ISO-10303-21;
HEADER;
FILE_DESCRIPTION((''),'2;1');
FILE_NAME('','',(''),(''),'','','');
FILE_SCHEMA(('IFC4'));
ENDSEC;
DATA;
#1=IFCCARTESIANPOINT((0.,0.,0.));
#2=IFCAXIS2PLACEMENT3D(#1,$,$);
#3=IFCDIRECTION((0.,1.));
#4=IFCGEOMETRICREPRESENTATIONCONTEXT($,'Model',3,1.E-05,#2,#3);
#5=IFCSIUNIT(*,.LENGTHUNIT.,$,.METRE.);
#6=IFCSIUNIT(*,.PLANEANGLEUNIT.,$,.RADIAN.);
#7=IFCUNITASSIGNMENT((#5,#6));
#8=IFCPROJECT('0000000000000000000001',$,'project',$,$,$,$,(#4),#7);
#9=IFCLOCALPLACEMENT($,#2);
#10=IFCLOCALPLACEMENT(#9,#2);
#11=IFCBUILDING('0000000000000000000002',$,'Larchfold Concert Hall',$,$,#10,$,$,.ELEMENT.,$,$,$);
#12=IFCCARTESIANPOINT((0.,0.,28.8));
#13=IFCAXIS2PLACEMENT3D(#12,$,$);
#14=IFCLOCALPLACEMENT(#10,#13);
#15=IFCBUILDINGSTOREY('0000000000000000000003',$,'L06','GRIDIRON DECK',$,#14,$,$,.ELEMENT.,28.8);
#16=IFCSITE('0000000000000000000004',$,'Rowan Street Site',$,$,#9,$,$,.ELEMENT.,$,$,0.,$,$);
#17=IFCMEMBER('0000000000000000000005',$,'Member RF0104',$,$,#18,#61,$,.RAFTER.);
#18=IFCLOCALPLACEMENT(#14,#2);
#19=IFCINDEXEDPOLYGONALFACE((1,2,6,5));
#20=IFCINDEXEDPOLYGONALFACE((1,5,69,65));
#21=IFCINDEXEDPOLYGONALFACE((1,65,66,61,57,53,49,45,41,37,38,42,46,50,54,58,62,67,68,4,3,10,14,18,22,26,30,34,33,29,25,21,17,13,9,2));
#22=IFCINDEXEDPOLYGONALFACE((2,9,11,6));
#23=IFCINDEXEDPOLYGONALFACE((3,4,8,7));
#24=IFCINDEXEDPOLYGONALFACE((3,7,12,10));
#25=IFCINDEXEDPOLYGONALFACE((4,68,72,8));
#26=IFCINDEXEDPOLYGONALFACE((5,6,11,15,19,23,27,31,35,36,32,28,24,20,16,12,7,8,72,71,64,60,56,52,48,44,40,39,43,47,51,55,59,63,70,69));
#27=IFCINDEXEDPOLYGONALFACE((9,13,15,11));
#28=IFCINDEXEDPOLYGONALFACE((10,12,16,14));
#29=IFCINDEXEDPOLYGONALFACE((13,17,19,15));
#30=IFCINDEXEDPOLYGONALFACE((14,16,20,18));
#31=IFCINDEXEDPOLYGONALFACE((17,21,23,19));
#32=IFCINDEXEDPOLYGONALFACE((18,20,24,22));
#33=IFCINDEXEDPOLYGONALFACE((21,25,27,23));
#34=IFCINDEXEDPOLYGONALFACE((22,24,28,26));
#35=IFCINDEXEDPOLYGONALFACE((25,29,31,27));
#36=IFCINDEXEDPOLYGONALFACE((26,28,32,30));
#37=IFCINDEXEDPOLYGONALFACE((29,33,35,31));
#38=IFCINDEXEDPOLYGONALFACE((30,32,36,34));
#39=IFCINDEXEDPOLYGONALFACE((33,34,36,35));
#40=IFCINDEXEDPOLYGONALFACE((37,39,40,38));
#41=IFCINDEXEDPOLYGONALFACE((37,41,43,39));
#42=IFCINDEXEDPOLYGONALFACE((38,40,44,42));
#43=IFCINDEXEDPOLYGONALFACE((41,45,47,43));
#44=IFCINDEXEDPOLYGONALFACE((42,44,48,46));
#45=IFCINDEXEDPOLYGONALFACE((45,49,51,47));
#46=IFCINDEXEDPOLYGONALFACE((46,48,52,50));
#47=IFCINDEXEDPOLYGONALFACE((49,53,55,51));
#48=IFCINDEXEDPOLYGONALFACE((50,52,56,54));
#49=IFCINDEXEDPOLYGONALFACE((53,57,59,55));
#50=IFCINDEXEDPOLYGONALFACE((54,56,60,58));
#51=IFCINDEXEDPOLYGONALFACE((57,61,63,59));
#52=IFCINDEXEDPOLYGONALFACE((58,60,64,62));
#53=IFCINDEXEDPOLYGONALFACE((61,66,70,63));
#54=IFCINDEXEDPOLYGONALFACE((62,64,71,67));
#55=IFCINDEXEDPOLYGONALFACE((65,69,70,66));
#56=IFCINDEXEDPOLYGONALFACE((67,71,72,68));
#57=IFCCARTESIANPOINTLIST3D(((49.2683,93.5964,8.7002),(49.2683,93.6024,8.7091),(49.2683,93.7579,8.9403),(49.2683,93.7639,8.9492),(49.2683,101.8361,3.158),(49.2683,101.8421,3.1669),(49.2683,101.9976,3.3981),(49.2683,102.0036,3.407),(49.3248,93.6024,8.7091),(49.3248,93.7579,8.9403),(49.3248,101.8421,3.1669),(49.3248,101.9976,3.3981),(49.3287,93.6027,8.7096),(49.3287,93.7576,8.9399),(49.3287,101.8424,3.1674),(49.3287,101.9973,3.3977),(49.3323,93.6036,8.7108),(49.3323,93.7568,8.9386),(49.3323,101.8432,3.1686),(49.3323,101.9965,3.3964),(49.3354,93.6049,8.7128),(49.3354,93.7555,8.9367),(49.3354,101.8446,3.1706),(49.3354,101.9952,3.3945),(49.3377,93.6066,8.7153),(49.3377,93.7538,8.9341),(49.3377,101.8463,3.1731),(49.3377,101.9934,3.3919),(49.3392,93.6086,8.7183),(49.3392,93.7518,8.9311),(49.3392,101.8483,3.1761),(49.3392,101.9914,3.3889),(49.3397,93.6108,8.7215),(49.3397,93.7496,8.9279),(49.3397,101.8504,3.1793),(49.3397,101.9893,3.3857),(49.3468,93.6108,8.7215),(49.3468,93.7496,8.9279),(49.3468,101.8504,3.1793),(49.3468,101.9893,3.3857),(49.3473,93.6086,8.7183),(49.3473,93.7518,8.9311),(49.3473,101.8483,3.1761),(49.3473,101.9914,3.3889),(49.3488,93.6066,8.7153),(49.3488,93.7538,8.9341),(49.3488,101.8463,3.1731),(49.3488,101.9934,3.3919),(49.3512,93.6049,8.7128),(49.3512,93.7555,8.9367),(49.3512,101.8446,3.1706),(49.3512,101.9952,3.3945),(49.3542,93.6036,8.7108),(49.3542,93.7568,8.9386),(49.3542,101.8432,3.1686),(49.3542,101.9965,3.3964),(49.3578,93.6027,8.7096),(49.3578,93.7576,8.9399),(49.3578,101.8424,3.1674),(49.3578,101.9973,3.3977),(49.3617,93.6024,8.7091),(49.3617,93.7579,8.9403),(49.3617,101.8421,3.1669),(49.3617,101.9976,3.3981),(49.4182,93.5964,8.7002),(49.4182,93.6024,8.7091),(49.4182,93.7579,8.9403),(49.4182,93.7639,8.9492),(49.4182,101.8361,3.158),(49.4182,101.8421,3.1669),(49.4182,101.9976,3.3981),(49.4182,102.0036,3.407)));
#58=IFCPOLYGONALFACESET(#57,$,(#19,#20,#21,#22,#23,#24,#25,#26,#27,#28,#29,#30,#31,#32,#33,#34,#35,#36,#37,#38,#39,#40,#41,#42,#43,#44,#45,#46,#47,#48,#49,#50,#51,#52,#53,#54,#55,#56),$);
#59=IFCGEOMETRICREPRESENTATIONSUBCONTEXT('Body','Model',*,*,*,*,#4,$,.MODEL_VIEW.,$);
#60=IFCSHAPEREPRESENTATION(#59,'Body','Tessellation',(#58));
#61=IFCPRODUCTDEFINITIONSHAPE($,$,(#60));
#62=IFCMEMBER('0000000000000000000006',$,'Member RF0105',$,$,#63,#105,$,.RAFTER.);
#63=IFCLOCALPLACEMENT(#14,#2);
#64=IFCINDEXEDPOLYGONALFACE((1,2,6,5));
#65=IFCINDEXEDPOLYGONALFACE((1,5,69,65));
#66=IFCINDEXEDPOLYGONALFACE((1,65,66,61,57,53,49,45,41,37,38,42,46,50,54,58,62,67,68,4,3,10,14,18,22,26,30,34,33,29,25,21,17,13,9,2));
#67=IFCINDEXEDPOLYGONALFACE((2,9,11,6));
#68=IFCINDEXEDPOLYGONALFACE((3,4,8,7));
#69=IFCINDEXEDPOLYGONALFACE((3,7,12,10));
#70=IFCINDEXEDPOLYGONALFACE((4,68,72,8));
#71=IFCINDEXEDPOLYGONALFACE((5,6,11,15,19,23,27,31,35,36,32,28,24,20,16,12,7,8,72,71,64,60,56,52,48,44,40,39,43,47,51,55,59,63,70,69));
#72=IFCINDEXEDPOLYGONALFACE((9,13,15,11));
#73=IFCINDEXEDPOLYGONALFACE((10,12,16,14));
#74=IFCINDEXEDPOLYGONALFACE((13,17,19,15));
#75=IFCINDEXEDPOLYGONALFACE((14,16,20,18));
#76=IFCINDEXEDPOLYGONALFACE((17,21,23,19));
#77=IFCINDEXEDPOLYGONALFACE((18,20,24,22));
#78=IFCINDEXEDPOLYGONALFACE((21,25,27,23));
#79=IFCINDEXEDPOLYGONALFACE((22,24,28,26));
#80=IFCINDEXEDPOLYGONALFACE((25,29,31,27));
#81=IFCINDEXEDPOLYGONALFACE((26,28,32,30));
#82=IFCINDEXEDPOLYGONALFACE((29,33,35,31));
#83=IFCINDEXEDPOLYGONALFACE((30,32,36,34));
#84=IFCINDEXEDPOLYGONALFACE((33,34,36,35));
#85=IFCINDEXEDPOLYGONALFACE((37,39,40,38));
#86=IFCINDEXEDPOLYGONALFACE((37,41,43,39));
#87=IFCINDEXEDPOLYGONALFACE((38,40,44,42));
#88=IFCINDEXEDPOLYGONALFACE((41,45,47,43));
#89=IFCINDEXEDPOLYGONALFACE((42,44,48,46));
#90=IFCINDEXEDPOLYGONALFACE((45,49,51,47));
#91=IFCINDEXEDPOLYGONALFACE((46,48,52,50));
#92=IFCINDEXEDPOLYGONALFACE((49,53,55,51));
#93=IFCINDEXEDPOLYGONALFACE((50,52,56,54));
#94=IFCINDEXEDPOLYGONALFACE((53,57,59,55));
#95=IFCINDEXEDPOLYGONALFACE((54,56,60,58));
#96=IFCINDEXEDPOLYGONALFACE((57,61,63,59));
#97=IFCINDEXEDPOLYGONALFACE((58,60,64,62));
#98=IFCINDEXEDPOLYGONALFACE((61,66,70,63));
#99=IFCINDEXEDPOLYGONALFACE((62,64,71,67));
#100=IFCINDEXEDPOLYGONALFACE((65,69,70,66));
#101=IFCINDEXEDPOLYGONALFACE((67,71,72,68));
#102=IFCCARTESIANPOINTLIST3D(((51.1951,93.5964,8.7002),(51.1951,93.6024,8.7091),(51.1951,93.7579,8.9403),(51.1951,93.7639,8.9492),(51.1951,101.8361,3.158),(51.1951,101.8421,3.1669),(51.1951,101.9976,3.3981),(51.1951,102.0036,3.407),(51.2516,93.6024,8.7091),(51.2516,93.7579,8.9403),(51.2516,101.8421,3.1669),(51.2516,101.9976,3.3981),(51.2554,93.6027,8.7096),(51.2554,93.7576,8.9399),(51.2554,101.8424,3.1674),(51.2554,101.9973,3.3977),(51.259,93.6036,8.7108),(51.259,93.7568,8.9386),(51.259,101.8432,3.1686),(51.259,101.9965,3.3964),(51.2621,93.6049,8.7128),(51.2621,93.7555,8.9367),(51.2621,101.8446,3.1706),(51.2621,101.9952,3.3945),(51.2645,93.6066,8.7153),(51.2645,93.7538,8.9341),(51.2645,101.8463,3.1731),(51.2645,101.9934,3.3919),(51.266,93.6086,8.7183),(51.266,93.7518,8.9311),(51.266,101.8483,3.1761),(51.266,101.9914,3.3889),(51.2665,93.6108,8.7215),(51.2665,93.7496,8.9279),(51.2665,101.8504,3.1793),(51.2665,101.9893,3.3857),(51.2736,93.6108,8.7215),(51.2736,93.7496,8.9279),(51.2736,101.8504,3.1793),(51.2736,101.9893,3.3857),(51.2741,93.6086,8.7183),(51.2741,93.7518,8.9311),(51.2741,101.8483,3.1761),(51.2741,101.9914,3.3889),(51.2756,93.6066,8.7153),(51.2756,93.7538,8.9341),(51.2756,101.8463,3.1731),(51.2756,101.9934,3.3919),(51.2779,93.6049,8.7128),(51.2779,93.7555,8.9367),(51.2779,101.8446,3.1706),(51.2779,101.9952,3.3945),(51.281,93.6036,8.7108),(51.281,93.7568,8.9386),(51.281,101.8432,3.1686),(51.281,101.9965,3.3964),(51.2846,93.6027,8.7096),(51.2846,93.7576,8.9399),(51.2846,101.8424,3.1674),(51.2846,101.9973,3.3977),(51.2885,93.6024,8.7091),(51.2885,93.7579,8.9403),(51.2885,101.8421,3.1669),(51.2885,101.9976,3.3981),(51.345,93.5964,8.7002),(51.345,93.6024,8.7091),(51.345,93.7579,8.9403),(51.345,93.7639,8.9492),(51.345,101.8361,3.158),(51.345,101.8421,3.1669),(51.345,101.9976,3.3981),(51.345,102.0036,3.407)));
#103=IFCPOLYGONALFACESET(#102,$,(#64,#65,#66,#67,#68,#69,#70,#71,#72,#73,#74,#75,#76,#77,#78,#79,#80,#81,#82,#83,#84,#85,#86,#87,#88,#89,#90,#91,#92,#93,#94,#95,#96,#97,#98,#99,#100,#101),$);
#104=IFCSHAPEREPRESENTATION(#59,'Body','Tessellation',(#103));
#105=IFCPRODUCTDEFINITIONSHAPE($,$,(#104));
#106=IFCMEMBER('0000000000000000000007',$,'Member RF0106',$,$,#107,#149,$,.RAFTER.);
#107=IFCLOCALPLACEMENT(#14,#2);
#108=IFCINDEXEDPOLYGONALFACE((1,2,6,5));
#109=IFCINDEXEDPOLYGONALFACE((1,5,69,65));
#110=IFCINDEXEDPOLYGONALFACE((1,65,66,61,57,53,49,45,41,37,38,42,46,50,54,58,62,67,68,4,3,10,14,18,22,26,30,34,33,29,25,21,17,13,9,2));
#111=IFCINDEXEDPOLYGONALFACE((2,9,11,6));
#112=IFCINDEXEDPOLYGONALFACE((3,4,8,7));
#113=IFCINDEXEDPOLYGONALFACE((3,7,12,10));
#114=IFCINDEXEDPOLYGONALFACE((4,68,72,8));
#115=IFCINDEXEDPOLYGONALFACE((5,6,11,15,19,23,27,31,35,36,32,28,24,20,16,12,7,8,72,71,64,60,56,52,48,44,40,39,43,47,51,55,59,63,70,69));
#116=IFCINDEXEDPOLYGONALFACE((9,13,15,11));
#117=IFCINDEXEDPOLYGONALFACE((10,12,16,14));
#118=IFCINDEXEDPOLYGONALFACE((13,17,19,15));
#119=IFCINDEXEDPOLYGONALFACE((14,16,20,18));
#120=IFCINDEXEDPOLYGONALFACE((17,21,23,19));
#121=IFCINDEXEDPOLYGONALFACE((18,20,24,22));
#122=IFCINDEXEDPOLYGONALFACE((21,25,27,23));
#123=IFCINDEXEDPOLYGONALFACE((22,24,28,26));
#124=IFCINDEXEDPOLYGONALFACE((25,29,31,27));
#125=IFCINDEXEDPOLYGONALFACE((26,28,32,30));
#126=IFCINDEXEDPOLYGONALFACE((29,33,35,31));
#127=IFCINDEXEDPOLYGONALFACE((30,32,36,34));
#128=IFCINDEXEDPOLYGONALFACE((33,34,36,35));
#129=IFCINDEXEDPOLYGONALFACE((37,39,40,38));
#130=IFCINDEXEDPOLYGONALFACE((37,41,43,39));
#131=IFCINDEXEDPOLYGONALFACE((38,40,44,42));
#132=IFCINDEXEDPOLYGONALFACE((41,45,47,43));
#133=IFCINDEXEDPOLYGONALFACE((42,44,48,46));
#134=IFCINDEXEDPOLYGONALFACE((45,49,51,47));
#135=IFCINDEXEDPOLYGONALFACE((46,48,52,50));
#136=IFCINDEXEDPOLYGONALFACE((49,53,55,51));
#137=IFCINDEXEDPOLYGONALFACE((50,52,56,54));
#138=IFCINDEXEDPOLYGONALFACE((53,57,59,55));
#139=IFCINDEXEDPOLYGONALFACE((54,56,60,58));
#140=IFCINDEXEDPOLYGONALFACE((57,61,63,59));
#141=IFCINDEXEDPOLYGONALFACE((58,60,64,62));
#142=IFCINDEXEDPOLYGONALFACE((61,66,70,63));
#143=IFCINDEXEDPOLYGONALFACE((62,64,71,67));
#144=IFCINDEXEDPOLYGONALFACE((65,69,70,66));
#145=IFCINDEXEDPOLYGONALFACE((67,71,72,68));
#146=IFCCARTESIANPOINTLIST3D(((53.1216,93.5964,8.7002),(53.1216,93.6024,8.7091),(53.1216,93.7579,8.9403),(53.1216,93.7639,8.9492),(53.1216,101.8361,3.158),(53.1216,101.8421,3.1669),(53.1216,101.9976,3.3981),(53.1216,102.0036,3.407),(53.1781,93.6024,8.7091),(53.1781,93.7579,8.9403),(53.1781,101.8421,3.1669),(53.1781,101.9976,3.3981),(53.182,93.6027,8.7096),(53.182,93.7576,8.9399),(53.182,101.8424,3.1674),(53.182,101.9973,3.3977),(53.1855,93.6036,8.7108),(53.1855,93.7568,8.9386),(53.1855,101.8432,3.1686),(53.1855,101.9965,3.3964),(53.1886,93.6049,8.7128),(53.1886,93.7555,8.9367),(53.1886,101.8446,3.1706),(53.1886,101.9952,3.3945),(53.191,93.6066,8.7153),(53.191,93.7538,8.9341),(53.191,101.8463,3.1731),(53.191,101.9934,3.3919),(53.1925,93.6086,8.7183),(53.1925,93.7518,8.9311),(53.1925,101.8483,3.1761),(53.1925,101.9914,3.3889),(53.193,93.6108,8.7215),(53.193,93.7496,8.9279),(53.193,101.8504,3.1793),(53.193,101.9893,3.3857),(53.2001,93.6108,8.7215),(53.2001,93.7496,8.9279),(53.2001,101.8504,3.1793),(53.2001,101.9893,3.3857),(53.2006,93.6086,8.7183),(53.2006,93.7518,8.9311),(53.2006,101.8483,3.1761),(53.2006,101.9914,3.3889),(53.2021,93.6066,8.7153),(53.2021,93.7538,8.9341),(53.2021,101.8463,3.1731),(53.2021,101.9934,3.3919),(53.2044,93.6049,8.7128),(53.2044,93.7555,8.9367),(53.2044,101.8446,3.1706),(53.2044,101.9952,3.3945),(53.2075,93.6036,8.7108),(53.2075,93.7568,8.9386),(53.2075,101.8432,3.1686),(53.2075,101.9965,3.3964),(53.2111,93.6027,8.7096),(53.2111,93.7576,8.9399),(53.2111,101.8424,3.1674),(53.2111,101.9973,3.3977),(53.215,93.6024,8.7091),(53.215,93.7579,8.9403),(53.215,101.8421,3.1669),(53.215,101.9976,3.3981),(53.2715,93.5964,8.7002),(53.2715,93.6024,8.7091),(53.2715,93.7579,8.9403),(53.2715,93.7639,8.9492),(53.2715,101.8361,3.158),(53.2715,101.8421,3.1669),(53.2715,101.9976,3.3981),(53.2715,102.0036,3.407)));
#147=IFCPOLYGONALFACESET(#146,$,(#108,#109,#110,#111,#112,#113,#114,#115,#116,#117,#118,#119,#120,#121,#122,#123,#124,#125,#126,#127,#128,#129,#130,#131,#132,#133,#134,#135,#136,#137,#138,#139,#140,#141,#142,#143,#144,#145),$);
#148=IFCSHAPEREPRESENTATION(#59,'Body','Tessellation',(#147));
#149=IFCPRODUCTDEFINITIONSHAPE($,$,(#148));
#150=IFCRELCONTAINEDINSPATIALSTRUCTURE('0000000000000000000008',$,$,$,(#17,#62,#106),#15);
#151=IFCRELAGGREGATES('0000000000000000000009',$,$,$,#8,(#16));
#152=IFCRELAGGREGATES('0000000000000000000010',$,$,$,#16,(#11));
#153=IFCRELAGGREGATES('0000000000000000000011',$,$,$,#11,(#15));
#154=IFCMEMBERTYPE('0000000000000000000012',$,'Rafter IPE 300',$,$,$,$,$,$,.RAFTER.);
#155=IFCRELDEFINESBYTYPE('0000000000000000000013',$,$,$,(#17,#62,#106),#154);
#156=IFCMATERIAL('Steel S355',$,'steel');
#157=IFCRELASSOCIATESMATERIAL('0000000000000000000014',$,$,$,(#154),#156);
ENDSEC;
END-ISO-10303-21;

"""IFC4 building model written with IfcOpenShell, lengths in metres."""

from ifc_helpers import new_model, si_unit, direction, frame, origin, origin_2d, place, context, subcontext, project, spatial, i_section, extrude, material, material_profile, profile_set, type_object, element, save


model = new_model("IFC4")

# Units and contexts
model_context = context("Model", 3, precision=1e-05, world=origin(), true_north=direction((0.0, 1.0)))
body_context = subcontext(model_context, "Body", "Model", "MODEL_VIEW")
ifc_project = project(units=[si_unit("LENGTHUNIT", "METRE"), si_unit("PLANEANGLEUNIT", "RADIAN")], contexts=[model_context])

# Site, building, storey
site_placement = place(None, origin())
site = spatial("IfcSite", under=ifc_project, at=site_placement, Name="Rowan Street Site", CompositionType="ELEMENT", RefElevation=0.0)
building_placement = place(site_placement, origin())
building = spatial("IfcBuilding", under=site, at=building_placement, Name="Larchfold Concert Hall", CompositionType="ELEMENT")
storey_placement = place(building_placement, frame((0.0, 0.0, 28.8)))
storey = spatial("IfcBuildingStorey", under=building, at=storey_placement, Name="L06", Description="GRIDIRON DECK", CompositionType="ELEMENT", Elevation=28.8)

# Members
ifc_material_1 = material(Name="Steel S355", Category="steel")
ifc_material_profile_1 = material_profile(ifc_material_1, i_section(OverallWidth=0.1499, OverallDepth=0.3, WebThickness=0.0071, FlangeThickness=0.0107, FilletRadius=0.0149, at=origin_2d()))
ifc_profile_set_1 = profile_set([ifc_material_profile_1], Name="Steel S355")
member_type_1 = type_object("IfcMemberType", Name="Rafter IPE 300", PredefinedType="RAFTER", material=ifc_profile_set_1)
for number, where, z_axis, x_axis, name in (
    (1, (49.3433, 93.6802, 8.8247), (0.0, 0.829762, -0.558117), (-1.0, 0.0, 0.0), "Member RF0104"),
    (2, (51.27, 93.6802, 8.8247), (0.0, 0.829762, -0.558117), (-1.0, 0.0, 0.0), "Member RF0105"),
    (3, (53.1965, 93.6802, 8.8247), (0.0, 0.829762, -0.558117), (-1.0, 0.0, 0.0), "Member RF0106"),
):
    element("IfcMember", number, at=place(storey_placement, frame(where, z_axis=z_axis, x_axis=x_axis)), inside=storey, type_object=member_type_1, Name=name, PredefinedType="RAFTER", context=body_context, shape_type="SweptSolid", body=[
        extrude(i_section(OverallWidth=0.1499, OverallDepth=0.3, WebThickness=0.0071, FlangeThickness=0.0107, FilletRadius=0.0149, at=origin_2d()), origin(), (0.0, 0.0, 1.0), 9.9302),
    ])

save(model, "model.ifc")
